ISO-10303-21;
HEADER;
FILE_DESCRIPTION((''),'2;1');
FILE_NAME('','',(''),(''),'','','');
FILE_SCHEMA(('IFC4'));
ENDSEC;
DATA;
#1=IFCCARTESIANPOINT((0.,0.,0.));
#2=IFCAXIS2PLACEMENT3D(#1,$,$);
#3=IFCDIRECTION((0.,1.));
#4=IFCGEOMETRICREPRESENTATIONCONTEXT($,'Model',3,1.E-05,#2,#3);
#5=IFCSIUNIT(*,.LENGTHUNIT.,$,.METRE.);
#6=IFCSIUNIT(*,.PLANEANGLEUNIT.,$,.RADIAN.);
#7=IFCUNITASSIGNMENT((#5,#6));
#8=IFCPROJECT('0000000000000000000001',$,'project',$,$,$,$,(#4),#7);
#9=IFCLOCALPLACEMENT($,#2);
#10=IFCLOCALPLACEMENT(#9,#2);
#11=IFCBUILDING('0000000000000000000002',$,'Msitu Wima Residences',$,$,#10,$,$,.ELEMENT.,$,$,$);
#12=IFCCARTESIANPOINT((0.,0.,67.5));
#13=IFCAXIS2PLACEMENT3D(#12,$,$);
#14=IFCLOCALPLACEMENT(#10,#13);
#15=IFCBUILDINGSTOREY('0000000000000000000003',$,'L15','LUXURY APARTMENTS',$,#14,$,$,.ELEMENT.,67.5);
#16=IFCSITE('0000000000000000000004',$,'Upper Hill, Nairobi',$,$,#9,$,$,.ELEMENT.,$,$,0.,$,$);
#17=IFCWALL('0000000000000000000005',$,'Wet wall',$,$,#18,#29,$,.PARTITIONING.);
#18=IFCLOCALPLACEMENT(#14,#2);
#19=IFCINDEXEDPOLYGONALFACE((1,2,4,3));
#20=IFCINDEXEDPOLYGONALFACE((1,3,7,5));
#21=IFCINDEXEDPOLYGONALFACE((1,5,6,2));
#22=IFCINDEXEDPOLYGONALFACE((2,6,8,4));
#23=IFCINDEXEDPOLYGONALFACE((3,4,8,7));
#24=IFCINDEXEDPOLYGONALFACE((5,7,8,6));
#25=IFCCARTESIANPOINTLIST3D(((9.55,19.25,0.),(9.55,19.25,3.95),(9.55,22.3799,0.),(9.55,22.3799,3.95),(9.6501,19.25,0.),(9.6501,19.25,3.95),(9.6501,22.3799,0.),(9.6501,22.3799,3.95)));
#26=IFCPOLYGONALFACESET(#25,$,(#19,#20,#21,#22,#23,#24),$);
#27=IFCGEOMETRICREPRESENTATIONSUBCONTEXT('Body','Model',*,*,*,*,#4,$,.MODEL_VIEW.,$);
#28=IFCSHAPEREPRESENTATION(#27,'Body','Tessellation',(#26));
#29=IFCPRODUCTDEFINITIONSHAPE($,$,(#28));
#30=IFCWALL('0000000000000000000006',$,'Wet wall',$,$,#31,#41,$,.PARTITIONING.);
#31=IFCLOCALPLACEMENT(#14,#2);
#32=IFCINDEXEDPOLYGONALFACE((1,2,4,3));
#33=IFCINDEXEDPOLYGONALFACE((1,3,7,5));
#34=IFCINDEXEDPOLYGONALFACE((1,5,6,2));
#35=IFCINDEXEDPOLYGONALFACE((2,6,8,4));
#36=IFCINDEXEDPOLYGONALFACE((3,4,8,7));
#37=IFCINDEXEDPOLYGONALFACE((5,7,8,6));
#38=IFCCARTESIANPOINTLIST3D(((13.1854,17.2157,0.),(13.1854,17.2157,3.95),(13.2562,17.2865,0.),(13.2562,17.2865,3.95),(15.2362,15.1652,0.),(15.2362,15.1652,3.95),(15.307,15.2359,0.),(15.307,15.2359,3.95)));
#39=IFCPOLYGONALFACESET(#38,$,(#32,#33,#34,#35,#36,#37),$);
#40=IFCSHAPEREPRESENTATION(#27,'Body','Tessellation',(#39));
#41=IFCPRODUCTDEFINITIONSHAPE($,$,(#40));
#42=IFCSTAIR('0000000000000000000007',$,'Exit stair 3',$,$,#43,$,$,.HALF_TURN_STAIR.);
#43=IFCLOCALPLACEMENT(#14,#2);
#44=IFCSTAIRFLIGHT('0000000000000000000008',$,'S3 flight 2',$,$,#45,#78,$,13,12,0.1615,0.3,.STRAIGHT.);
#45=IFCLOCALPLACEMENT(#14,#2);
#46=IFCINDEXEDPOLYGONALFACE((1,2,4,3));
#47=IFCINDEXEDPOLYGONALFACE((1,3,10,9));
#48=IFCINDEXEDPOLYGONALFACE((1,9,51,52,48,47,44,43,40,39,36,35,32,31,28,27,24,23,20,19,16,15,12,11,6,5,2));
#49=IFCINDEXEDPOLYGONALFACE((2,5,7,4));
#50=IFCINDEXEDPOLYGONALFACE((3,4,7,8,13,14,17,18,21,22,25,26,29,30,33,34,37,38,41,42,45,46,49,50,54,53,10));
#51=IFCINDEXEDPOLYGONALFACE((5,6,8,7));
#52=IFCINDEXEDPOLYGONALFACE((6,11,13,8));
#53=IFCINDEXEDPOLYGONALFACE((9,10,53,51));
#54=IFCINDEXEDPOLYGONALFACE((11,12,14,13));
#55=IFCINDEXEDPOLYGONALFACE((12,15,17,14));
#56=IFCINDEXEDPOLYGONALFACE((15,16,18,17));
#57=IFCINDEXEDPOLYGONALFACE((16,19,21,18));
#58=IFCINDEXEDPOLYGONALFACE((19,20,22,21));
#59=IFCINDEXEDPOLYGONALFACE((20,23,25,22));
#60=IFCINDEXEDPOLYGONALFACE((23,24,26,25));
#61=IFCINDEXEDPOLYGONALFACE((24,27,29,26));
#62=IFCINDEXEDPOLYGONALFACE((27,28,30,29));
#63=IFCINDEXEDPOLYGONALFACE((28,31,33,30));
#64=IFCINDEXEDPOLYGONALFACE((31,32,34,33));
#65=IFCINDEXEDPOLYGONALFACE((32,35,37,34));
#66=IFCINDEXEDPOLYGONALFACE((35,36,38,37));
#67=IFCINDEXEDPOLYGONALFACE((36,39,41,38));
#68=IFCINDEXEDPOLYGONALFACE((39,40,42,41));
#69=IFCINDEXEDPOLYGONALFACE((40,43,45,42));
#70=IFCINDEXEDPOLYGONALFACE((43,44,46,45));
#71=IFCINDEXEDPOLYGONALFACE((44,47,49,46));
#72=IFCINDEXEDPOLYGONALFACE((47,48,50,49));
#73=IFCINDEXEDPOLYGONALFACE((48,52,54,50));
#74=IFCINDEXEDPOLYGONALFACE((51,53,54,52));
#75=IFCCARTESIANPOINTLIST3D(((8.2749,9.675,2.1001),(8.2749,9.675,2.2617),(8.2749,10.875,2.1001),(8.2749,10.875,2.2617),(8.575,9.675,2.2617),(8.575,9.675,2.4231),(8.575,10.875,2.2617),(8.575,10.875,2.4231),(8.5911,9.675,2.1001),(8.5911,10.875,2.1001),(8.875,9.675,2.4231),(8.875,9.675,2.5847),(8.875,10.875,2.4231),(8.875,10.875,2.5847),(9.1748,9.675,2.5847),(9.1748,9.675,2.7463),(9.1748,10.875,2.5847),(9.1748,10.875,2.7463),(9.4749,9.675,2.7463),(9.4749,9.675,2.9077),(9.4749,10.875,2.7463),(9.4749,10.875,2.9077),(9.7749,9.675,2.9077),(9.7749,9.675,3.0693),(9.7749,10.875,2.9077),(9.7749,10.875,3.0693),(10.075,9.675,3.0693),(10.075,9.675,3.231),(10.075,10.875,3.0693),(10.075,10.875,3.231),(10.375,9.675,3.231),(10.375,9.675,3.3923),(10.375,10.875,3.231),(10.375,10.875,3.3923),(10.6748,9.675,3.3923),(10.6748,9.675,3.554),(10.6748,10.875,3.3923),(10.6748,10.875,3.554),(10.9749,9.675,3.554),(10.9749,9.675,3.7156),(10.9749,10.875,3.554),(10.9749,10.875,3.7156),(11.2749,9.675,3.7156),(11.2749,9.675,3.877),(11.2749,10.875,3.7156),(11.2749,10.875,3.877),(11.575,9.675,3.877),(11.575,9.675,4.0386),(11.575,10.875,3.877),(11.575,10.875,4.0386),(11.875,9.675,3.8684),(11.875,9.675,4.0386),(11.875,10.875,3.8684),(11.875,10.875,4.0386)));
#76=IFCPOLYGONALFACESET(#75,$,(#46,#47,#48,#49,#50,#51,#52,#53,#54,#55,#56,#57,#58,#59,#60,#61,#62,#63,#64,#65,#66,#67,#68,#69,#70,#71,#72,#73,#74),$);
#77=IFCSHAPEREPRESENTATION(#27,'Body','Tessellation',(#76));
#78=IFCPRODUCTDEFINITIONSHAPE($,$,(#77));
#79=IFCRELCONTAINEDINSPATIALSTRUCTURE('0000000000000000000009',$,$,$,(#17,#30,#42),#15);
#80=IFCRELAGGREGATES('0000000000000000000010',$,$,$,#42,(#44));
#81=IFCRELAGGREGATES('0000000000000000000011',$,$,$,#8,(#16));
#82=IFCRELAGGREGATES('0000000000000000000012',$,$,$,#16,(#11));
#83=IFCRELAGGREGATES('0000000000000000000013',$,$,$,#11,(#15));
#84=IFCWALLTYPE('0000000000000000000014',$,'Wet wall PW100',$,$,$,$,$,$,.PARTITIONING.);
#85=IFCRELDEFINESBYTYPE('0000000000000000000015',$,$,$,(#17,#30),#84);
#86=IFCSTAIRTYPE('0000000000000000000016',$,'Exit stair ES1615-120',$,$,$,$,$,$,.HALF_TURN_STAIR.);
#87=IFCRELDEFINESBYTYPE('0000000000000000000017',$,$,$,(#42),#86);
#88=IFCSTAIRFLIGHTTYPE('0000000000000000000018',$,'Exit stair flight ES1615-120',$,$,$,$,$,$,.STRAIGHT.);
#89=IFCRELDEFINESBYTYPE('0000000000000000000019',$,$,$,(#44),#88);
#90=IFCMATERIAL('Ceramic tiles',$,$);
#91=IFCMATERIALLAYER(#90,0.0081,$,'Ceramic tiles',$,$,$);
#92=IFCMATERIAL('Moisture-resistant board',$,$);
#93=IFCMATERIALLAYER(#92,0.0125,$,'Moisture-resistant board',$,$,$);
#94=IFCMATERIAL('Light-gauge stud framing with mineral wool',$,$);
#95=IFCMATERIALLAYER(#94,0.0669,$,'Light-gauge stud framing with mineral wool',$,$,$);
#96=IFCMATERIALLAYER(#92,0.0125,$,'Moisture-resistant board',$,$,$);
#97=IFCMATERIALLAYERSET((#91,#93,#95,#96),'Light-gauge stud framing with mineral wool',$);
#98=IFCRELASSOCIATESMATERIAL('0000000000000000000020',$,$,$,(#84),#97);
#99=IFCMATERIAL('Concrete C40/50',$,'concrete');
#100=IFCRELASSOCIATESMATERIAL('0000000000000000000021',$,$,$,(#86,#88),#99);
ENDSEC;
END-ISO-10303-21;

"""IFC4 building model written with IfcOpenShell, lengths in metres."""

from ifc_helpers import new_model, si_unit, direction, frame, frame_2d, origin, place, context, subcontext, project, spatial, polyline, rectangle, outline, extrude, material, layer, layer_set, type_object, element, aggregate, save


model = new_model("IFC4")

# Units and contexts
model_context = context("Model", 3, precision=1e-05, world=origin(), true_north=direction((0.0, 1.0)))
body_context = subcontext(model_context, "Body", "Model", "MODEL_VIEW")
ifc_project = project(units=[si_unit("LENGTHUNIT", "METRE"), si_unit("PLANEANGLEUNIT", "RADIAN")], contexts=[model_context])

# Site, building, storey
site_placement = place(None, origin())
site = spatial("IfcSite", under=ifc_project, at=site_placement, Name="Upper Hill, Nairobi", CompositionType="ELEMENT", RefElevation=0.0)
building_placement = place(site_placement, origin())
building = spatial("IfcBuilding", under=site, at=building_placement, Name="Msitu Wima Residences", CompositionType="ELEMENT")
storey_placement = place(building_placement, frame((0.0, 0.0, 67.5)))
storey = spatial("IfcBuildingStorey", under=building, at=storey_placement, Name="L15", Description="LUXURY APARTMENTS", CompositionType="ELEMENT", Elevation=67.5)

# Shared definitions
ifc_material_1 = material(Name="Concrete C40/50", Category="concrete")

# Shared definitions
ifc_material_2 = material(Name="Ceramic tiles")
ifc_layer_1 = layer(ifc_material_2, 0.0081, Name="Ceramic tiles")
ifc_material_3 = material(Name="Moisture-resistant board")
ifc_layer_2 = layer(ifc_material_3, 0.0125, Name="Moisture-resistant board")
ifc_material_4 = material(Name="Light-gauge stud framing with mineral wool")
ifc_layer_3 = layer(ifc_material_4, 0.0669, Name="Light-gauge stud framing with mineral wool")
ifc_layer_4 = layer(ifc_material_3, 0.0125, Name="Moisture-resistant board")
ifc_layer_set_1 = layer_set([ifc_layer_1, ifc_layer_2, ifc_layer_3, ifc_layer_4], Name="Light-gauge stud framing with mineral wool")
wall_type_1 = type_object("IfcWallType", Name="Wet wall PW100", PredefinedType="PARTITIONING", material=ifc_layer_set_1)

# Walls
wall_1_placement = place(storey_placement, frame((9.6001, 19.25, 0.0), z_axis=(0.0, 0.0, 1.0), x_axis=(0.0, 1.0, 0.0)))
element("IfcWall", 1, at=wall_1_placement, inside=storey, type_object=wall_type_1, Name="Wet wall", PredefinedType="PARTITIONING", context=body_context, shape_type="SweptSolid", body=[
    extrude(rectangle(XDim=3.1299, YDim=0.1001, at=frame_2d((1.5649, 0.0))), origin(), (0.0, 0.0, 1.0), 3.95),
])
wall_2_placement = place(storey_placement, frame((13.2207, 17.2512, 0.0), z_axis=(0.0, 0.0, 1.0), x_axis=(0.707149, -0.707065, 0.0)))
element("IfcWall", 2, at=wall_2_placement, inside=storey, type_object=wall_type_1, Name="Wet wall", PredefinedType="PARTITIONING", context=body_context, shape_type="SweptSolid", body=[
    extrude(rectangle(XDim=2.9001, YDim=0.1001, at=frame_2d((1.4502, 0.0))), origin(), (0.0, 0.0, 1.0), 3.95),
])

# Stair, stair flight
stair_type = type_object("IfcStairType", Name="Exit stair ES1615-120", PredefinedType="HALF_TURN_STAIR", material=ifc_material_1)
stair_placement = place(storey_placement, origin())
stair = element("IfcStair", 3, at=stair_placement, inside=storey, type_object=stair_type, Name="Exit stair 3", PredefinedType="HALF_TURN_STAIR")
stair_flight_type = type_object("IfcStairFlightType", Name="Exit stair flight ES1615-120", PredefinedType="STRAIGHT", material=ifc_material_1)
stair_flight_placement = place(storey_placement, frame((8.2749, 10.2749, 2.1001), z_axis=(0.0, 0.0, 1.0), x_axis=(1.0, 0.0, 0.0)))
stair_flight = element("IfcStairFlight", 4, at=stair_flight_placement, type_object=stair_flight_type, Name="S3 flight 2", NumberOfRisers=13, NumberOfTreads=12, PredefinedType="STRAIGHT", RiserHeight=0.1615, TreadLength=0.3, context=body_context, shape_type="SweptSolid", body=[
    extrude(outline(polyline([(0.0, 0.0), (0.0, 0.1616), (0.3, 0.1616), (0.3, 0.323), (0.6001, 0.323), (0.6001, 0.4846), (0.8999, 0.4846), (0.8999, 0.6462), (1.2, 0.6462), (1.2, 0.8076), (1.5, 0.8076), (1.5, 0.9692), (1.8, 0.9692), (1.8, 1.1309), (2.1001, 1.1309), (2.1001, 1.2922), (2.3999, 1.2922), (2.3999, 1.4539), (2.7, 1.4539), (2.7, 1.6155), (3.0, 1.6155), (3.0, 1.7769), (3.3, 1.7769), (3.3, 1.9385), (3.6001, 1.9385), (3.6001, 2.1001), (3.6001, 1.7683), (0.3162, 0.0), (0.0, 0.0)])), frame((0.0, 0.6001, 0.0), z_axis=(0.0, -1.0, 0.0), x_axis=(1.0, 0.0, 0.0)), (0.0, 0.0, 1.0), 1.2),
])
aggregate(stair, [stair_flight])

save(model, "model.ifc")
